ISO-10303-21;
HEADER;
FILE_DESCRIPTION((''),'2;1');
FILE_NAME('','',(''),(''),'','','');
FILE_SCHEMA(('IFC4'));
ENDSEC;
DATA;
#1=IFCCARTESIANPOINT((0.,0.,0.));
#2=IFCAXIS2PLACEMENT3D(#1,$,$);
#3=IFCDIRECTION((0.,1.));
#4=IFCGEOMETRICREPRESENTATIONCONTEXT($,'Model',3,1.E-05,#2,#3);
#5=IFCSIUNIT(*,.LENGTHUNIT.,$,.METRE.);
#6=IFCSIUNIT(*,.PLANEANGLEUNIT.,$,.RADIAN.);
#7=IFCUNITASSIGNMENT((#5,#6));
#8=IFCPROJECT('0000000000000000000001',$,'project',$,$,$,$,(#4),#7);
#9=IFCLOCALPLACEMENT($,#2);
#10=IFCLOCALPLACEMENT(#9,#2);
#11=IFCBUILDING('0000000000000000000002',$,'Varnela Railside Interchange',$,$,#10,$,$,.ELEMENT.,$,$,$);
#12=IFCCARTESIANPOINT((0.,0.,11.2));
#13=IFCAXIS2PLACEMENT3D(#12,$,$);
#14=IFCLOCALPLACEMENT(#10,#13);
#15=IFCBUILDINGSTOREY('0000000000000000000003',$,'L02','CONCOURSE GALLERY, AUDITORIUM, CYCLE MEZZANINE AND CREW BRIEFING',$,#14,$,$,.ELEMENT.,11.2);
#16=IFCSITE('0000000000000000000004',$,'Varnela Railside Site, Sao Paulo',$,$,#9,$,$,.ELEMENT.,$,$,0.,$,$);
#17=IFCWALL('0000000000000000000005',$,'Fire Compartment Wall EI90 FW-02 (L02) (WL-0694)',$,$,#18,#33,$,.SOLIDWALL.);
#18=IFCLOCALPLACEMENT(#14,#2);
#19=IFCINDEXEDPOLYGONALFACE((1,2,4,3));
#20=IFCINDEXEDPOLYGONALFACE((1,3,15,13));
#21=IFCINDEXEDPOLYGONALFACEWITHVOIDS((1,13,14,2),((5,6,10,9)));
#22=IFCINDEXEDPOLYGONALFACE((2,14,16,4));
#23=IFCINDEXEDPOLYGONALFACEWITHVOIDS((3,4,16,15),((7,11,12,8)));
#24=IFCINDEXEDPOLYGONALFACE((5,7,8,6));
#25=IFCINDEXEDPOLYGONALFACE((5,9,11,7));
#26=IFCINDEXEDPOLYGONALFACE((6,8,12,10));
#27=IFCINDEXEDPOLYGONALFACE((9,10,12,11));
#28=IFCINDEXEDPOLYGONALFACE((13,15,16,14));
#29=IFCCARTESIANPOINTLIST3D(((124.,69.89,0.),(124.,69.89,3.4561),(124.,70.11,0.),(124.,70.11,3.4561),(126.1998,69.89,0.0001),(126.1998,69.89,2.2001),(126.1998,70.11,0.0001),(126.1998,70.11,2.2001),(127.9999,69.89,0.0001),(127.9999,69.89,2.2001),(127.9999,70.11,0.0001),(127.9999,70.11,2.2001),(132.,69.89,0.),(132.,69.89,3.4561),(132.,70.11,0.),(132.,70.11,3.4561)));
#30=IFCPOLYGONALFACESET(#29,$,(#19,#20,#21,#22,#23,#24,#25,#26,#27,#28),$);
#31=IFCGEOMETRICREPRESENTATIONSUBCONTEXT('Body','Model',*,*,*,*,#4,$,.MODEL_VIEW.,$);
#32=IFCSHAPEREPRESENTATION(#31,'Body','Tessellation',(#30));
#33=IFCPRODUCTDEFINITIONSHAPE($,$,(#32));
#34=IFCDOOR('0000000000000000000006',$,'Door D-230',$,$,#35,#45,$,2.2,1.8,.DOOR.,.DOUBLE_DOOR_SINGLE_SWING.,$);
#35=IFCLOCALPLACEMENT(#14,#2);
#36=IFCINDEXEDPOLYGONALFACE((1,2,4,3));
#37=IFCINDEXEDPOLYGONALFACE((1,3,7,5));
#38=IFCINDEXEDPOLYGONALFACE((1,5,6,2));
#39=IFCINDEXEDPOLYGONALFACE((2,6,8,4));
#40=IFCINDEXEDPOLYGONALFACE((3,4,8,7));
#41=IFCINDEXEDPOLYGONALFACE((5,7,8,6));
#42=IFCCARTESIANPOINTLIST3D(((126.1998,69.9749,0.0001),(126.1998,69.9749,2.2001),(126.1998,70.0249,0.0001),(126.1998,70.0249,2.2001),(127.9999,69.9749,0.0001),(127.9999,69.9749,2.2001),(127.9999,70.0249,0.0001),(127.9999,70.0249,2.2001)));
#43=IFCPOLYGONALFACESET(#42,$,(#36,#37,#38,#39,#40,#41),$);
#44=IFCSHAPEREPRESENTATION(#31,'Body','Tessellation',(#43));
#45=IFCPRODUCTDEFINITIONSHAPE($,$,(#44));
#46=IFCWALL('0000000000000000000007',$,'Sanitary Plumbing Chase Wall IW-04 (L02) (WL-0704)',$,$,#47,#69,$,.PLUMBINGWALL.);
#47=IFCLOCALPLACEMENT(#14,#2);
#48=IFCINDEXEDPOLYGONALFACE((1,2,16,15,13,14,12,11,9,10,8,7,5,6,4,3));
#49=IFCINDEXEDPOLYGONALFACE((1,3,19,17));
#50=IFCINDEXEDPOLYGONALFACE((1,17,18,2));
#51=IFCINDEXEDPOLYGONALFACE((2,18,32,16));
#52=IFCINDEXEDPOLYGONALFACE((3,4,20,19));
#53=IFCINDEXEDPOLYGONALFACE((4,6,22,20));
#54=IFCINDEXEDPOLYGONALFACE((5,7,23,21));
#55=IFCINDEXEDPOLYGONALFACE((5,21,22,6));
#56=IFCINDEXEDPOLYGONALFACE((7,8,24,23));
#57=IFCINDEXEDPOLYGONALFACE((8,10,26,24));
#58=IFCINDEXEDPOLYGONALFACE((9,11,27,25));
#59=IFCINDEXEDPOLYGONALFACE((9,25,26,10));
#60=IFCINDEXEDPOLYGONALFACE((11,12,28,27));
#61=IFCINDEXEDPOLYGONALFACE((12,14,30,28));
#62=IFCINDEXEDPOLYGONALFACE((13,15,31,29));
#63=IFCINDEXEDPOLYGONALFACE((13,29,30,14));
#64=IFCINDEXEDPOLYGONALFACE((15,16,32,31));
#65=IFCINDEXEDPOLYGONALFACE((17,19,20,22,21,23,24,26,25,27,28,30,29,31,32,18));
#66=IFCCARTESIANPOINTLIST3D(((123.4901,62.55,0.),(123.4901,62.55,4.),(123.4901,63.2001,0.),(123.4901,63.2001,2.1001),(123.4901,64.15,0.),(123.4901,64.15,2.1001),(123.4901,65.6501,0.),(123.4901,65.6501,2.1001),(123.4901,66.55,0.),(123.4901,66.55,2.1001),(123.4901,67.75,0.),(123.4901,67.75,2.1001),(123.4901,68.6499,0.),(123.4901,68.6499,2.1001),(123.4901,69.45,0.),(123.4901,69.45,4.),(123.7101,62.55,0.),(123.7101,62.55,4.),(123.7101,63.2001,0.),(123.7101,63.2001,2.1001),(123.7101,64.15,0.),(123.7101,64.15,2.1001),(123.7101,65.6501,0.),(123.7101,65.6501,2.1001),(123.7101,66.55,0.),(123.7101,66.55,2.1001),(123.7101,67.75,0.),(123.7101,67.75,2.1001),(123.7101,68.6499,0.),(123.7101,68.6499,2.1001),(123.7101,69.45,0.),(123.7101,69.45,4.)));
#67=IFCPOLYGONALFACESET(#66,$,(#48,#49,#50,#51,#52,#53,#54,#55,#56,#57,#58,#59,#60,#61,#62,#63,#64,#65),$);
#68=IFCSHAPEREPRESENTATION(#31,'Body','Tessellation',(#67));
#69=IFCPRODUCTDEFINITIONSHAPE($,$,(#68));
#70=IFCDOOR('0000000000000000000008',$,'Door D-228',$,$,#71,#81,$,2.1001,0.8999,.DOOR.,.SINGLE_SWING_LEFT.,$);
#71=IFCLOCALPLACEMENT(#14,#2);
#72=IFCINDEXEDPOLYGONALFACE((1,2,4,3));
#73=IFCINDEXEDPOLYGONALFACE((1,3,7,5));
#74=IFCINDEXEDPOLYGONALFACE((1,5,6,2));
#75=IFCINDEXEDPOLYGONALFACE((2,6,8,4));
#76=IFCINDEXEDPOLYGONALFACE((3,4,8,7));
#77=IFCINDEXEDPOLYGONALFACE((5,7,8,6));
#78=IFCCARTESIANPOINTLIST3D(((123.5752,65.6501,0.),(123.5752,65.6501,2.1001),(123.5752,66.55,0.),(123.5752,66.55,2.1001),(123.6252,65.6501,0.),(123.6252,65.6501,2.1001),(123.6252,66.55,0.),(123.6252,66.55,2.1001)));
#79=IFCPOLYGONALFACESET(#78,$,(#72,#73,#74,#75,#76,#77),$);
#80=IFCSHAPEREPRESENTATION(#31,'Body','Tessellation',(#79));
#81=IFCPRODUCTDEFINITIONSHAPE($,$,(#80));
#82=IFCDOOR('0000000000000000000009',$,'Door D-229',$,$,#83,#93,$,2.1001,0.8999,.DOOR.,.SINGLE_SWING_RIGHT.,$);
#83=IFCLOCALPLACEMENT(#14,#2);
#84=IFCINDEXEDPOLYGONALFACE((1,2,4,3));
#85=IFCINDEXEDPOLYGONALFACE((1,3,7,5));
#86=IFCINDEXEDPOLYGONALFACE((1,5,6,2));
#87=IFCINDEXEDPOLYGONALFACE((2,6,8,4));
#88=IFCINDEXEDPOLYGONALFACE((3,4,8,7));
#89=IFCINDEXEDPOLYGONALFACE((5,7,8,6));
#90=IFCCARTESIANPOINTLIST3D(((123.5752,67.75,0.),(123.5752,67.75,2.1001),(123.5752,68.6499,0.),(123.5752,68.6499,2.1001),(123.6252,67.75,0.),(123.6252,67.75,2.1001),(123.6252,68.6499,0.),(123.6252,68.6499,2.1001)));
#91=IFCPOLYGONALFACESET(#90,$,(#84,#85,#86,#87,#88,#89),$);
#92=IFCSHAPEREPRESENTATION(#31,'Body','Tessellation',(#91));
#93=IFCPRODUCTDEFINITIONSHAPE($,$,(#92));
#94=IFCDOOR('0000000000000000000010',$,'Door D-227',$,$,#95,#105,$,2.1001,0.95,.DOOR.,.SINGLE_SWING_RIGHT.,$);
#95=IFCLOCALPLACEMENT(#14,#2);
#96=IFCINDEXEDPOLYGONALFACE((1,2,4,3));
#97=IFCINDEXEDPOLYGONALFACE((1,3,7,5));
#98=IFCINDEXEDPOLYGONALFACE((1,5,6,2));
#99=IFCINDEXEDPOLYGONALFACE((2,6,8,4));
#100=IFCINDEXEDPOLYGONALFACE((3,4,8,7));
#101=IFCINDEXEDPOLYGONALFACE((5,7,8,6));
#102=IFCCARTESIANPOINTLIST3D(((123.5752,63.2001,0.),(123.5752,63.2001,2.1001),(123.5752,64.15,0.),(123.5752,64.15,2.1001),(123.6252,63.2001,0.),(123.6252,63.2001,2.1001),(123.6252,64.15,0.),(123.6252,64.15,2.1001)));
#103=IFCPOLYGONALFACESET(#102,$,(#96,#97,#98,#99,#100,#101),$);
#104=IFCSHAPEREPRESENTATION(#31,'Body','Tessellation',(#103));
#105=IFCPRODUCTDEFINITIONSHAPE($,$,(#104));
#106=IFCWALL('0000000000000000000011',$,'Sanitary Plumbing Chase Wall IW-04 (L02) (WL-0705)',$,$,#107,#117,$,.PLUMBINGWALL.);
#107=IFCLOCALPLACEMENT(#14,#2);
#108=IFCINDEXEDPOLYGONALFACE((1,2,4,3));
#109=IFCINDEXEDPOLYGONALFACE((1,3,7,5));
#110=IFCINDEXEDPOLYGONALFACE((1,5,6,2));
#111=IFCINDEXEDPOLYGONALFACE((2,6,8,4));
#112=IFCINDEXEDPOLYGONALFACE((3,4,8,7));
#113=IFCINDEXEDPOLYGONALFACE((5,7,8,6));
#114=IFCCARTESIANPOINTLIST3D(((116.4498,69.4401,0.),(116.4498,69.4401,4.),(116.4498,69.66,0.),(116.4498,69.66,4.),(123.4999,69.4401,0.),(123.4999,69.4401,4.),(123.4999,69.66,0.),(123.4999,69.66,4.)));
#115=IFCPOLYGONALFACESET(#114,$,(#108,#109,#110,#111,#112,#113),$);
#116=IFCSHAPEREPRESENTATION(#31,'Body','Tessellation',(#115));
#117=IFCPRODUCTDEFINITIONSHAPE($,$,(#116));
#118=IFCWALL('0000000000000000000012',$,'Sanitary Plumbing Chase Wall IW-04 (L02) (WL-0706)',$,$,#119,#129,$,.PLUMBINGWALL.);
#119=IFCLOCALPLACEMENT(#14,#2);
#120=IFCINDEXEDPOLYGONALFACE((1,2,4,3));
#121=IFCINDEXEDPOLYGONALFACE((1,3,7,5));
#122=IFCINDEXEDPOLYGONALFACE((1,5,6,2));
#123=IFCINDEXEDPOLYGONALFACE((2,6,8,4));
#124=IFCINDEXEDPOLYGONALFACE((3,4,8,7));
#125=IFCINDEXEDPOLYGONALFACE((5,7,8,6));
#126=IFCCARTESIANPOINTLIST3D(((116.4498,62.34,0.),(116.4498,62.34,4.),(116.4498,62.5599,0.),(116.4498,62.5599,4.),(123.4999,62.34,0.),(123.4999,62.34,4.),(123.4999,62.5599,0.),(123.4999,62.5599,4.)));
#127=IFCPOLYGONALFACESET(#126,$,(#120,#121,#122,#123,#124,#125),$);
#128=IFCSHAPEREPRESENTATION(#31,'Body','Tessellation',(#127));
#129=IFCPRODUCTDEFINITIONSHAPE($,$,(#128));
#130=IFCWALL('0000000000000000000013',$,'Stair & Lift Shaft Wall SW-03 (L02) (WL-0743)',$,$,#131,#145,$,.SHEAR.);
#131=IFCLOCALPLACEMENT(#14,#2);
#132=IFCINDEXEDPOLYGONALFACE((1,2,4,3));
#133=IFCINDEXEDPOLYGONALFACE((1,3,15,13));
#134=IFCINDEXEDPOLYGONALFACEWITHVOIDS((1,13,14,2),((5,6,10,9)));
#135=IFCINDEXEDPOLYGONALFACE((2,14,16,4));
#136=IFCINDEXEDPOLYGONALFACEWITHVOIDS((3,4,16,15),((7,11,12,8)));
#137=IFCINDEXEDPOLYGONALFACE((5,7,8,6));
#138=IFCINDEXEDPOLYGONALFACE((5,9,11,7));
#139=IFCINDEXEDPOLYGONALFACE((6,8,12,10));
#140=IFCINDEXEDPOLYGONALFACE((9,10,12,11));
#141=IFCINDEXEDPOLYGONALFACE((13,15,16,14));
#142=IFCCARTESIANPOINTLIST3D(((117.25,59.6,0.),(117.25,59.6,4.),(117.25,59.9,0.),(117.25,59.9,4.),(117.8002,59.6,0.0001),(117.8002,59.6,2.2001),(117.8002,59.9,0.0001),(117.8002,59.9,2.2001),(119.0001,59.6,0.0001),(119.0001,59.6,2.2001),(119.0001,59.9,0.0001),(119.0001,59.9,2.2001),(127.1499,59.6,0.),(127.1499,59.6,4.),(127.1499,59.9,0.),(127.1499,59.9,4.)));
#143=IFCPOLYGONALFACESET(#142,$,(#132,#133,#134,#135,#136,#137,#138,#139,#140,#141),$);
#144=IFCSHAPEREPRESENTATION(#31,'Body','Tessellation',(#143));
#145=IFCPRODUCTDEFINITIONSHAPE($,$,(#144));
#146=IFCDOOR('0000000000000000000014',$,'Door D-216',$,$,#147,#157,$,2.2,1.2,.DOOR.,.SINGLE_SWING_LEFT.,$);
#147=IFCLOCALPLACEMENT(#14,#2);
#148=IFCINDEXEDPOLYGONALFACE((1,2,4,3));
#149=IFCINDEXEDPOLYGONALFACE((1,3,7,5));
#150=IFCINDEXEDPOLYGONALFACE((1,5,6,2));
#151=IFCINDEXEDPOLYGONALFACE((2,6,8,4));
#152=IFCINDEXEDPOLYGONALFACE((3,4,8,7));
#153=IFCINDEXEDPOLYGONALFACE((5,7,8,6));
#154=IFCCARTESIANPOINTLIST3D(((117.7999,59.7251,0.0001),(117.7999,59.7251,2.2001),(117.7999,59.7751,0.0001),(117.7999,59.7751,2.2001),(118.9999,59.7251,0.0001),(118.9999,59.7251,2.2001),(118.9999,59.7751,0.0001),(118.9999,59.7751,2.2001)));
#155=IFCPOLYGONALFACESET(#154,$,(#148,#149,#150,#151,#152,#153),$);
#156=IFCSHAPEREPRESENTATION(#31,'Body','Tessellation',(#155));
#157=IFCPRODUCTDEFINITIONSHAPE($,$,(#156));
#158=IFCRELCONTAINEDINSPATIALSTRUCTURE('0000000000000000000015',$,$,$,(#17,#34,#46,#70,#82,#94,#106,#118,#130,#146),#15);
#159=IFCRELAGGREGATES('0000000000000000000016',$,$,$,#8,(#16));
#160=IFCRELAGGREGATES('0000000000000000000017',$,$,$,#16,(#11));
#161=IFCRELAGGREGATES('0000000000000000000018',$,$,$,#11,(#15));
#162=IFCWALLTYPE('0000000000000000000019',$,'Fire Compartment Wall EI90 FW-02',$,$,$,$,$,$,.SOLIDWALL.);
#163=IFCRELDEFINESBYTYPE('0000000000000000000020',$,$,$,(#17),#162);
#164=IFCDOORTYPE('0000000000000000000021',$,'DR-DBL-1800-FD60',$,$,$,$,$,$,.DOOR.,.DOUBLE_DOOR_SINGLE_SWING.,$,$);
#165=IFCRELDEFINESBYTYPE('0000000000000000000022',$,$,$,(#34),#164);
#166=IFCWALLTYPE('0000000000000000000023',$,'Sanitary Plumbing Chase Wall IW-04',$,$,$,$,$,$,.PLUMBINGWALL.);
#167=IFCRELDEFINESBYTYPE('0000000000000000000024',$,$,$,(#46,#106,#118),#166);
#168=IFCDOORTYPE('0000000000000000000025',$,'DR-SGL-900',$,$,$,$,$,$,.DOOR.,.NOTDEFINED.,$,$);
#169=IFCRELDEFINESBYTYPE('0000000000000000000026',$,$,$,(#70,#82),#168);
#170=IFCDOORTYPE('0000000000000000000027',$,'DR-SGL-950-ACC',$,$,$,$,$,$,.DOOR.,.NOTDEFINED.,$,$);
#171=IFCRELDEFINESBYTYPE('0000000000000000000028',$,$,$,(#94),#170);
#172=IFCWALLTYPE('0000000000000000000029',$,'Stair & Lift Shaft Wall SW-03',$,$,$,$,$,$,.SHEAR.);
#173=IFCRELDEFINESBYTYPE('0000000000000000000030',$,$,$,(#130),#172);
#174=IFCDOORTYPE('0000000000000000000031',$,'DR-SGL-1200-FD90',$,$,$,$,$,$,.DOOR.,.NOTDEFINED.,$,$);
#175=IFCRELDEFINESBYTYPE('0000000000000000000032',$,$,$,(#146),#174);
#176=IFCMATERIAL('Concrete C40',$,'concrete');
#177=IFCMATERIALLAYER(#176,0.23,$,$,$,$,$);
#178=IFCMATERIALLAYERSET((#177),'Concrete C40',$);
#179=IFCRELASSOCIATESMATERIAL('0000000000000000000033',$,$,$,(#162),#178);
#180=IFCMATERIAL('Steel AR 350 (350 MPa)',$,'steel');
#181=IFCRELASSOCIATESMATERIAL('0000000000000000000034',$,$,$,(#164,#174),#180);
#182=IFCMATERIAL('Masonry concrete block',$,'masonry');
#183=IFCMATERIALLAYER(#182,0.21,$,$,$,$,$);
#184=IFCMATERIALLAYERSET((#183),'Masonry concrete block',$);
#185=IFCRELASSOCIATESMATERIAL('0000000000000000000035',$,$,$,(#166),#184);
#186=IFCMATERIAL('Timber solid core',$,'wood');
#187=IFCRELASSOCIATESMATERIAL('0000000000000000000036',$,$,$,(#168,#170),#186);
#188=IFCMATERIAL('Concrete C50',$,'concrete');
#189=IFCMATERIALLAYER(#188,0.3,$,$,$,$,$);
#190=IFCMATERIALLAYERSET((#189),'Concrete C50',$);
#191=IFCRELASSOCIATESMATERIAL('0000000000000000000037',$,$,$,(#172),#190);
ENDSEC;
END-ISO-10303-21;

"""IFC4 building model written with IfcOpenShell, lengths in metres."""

from ifc_helpers import new_model, si_unit, direction, frame, frame_2d, origin, place, context, subcontext, project, spatial, rectangle, extrude, material, layer, layer_set, type_object, element, fill, save


model = new_model("IFC4")

# Units and contexts
model_context = context("Model", 3, precision=1e-05, world=origin(), true_north=direction((0.0, 1.0)))
body_context = subcontext(model_context, "Body", "Model", "MODEL_VIEW")
ifc_project = project(units=[si_unit("LENGTHUNIT", "METRE"), si_unit("PLANEANGLEUNIT", "RADIAN")], contexts=[model_context])

# Site, building, storey
site_placement = place(None, origin())
site = spatial("IfcSite", under=ifc_project, at=site_placement, Name="Varnela Railside Site, Sao Paulo", CompositionType="ELEMENT", RefElevation=0.0)
building_placement = place(site_placement, origin())
building = spatial("IfcBuilding", under=site, at=building_placement, Name="Varnela Railside Interchange", CompositionType="ELEMENT")
storey_placement = place(building_placement, frame((0.0, 0.0, 11.2)))
storey = spatial("IfcBuildingStorey", under=building, at=storey_placement, Name="L02", Description="CONCOURSE GALLERY, AUDITORIUM, CYCLE MEZZANINE AND CREW BRIEFING", CompositionType="ELEMENT", Elevation=11.2)

# Shared definitions
ifc_material_1 = material(Name="Steel AR 350 (350 MPa)", Category="steel")

# Shared definitions
ifc_material_2 = material(Name="Concrete C40", Category="concrete")
ifc_layer_1 = layer(ifc_material_2, 0.23)
ifc_layer_set_1 = layer_set([ifc_layer_1], Name="Concrete C40")
wall_type_1 = type_object("IfcWallType", Name="Fire Compartment Wall EI90 FW-02", PredefinedType="SOLIDWALL", material=ifc_layer_set_1)

# Wall, opening, door
wall_1_placement = place(storey_placement, frame((124.0, 70.0, 0.0), z_axis=(0.0, 0.0, 1.0), x_axis=(1.0, 0.0, 0.0)))
wall_1 = element("IfcWall", 1, at=wall_1_placement, inside=storey, type_object=wall_type_1, Name="Fire Compartment Wall EI90 FW-02 (L02) (WL-0694)", PredefinedType="SOLIDWALL", context=body_context, shape_type="SweptSolid", body=[
    extrude(rectangle(XDim=8.0, YDim=0.22, at=frame_2d((4.0, 0.0))), origin(), (0.0, 0.0, 1.0), 3.4561),
])
opening_1_placement = place(wall_1_placement, frame((2.2, 0.0, 0.0)))
opening_1 = element("IfcOpeningElement", 2, at=opening_1_placement, cuts=wall_1, PredefinedType="OPENING", context=body_context, shape_type="SweptSolid", body=[
    extrude(rectangle(XDim=1.8, YDim=2.2, at=frame_2d((0.8999, 1.1001))), frame((0.0, 0.1199, 0.0), z_axis=(0.0, -1.0, 0.0), x_axis=(1.0, 0.0, 0.0)), (0.0, 0.0, 1.0), 0.24),
])
door_type_1 = type_object("IfcDoorType", Name="DR-DBL-1800-FD60", OperationType="DOUBLE_DOOR_SINGLE_SWING", PredefinedType="DOOR", material=ifc_material_1)
door_1_placement = place(opening_1_placement, origin())
door_1 = element("IfcDoor", 3, at=door_1_placement, inside=storey, type_object=door_type_1, Name="Door D-230", OperationType="DOUBLE_DOOR_SINGLE_SWING", OverallHeight=2.2, OverallWidth=1.8, PredefinedType="DOOR", context=body_context, shape_type="SweptSolid", body=[
    extrude(rectangle(XDim=1.8, YDim=2.2, at=frame_2d((0.8999, 1.1001))), frame((0.0, 0.0249, 0.0), z_axis=(0.0, -1.0, 0.0), x_axis=(1.0, 0.0, 0.0)), (0.0, 0.0, 1.0), 0.05),
])
fill(opening_1, door_1)

# Wall, openings, doors
ifc_material_3 = material(Name="Masonry concrete block", Category="masonry")
ifc_layer_2 = layer(ifc_material_3, 0.21)
ifc_layer_set_2 = layer_set([ifc_layer_2], Name="Masonry concrete block")
wall_type_2 = type_object("IfcWallType", Name="Sanitary Plumbing Chase Wall IW-04", PredefinedType="PLUMBINGWALL", material=ifc_layer_set_2)
wall_2_placement = place(storey_placement, frame((123.6001, 62.55, 0.0), z_axis=(0.0, 0.0, 1.0), x_axis=(0.0, 1.0, 0.0)))
wall_2 = element("IfcWall", 4, at=wall_2_placement, inside=storey, type_object=wall_type_2, Name="Sanitary Plumbing Chase Wall IW-04 (L02) (WL-0704)", PredefinedType="PLUMBINGWALL", context=body_context, shape_type="SweptSolid", body=[
    extrude(rectangle(XDim=6.8999, YDim=0.22, at=frame_2d((3.45, 0.0))), origin(), (0.0, 0.0, 1.0), 4.0),
])
opening_2_placement = place(wall_2_placement, frame((0.6499, 0.0, 0.0)))
opening_2 = element("IfcOpeningElement", 5, at=opening_2_placement, cuts=wall_2, PredefinedType="OPENING", context=body_context, shape_type="SweptSolid", body=[
    extrude(rectangle(XDim=0.95, YDim=2.1001, at=frame_2d((0.4751, 1.05))), frame((0.0, 0.1199, 0.0), z_axis=(0.0, -1.0, 0.0), x_axis=(1.0, 0.0, 0.0)), (0.0, 0.0, 1.0), 0.24),
])
opening_3_placement = place(wall_2_placement, frame((3.1001, 0.0, 0.0)))
opening_3 = element("IfcOpeningElement", 6, at=opening_3_placement, cuts=wall_2, PredefinedType="OPENING", context=body_context, shape_type="SweptSolid", body=[
    extrude(rectangle(XDim=0.8999, YDim=2.1001, at=frame_2d((0.45, 1.05))), frame((0.0, 0.1199, 0.0), z_axis=(0.0, -1.0, 0.0), x_axis=(1.0, 0.0, 0.0)), (0.0, 0.0, 1.0), 0.24),
])
opening_4_placement = place(wall_2_placement, frame((5.2, 0.0, 0.0)))
opening_4 = element("IfcOpeningElement", 7, at=opening_4_placement, cuts=wall_2, PredefinedType="OPENING", context=body_context, shape_type="SweptSolid", body=[
    extrude(rectangle(XDim=0.8999, YDim=2.1001, at=frame_2d((0.45, 1.05))), frame((0.0, 0.1199, 0.0), z_axis=(0.0, -1.0, 0.0), x_axis=(1.0, 0.0, 0.0)), (0.0, 0.0, 1.0), 0.24),
])
ifc_material_4 = material(Name="Timber solid core", Category="wood")
door_type_2 = type_object("IfcDoorType", Name="DR-SGL-900", OperationType="NOTDEFINED", PredefinedType="DOOR", material=ifc_material_4)
door_2_placement = place(opening_3_placement, origin())
door_2 = element("IfcDoor", 8, at=door_2_placement, inside=storey, type_object=door_type_2, Name="Door D-228", OperationType="SINGLE_SWING_LEFT", OverallHeight=2.1001, OverallWidth=0.8999, PredefinedType="DOOR", context=body_context, shape_type="SweptSolid", body=[
    extrude(rectangle(XDim=0.8999, YDim=2.1001, at=frame_2d((0.45, 1.05))), frame((0.0, 0.0249, 0.0), z_axis=(0.0, -1.0, 0.0), x_axis=(1.0, 0.0, 0.0)), (0.0, 0.0, 1.0), 0.05),
])
fill(opening_3, door_2)
door_3_placement = place(opening_4_placement, origin())
door_3 = element("IfcDoor", 9, at=door_3_placement, inside=storey, type_object=door_type_2, Name="Door D-229", OperationType="SINGLE_SWING_RIGHT", OverallHeight=2.1001, OverallWidth=0.8999, PredefinedType="DOOR", context=body_context, shape_type="SweptSolid", body=[
    extrude(rectangle(XDim=0.8999, YDim=2.1001, at=frame_2d((0.45, 1.05))), frame((0.0, 0.0249, 0.0), z_axis=(0.0, -1.0, 0.0), x_axis=(1.0, 0.0, 0.0)), (0.0, 0.0, 1.0), 0.05),
])
fill(opening_4, door_3)
door_type_3 = type_object("IfcDoorType", Name="DR-SGL-950-ACC", OperationType="NOTDEFINED", PredefinedType="DOOR", material=ifc_material_4)
door_4_placement = place(opening_2_placement, origin())
door_4 = element("IfcDoor", 10, at=door_4_placement, inside=storey, type_object=door_type_3, Name="Door D-227", OperationType="SINGLE_SWING_RIGHT", OverallHeight=2.1001, OverallWidth=0.95, PredefinedType="DOOR", context=body_context, shape_type="SweptSolid", body=[
    extrude(rectangle(XDim=0.95, YDim=2.1001, at=frame_2d((0.4751, 1.05))), frame((0.0, 0.0249, 0.0), z_axis=(0.0, -1.0, 0.0), x_axis=(1.0, 0.0, 0.0)), (0.0, 0.0, 1.0), 0.05),
])
fill(opening_2, door_4)

# Walls
for number, where, z_axis, x_axis, name in (
    (11, (116.45, 69.55, 0.0), (0.0, 0.0, 1.0), (1.0, 0.0, 0.0), "Sanitary Plumbing Chase Wall IW-04 (L02) (WL-0705)"),
    (12, (116.45, 62.45, 0.0), (0.0, 0.0, 1.0), (1.0, 0.0, 0.0), "Sanitary Plumbing Chase Wall IW-04 (L02) (WL-0706)"),
):
    element("IfcWall", number, at=place(storey_placement, frame(where, z_axis=z_axis, x_axis=x_axis)), inside=storey, type_object=wall_type_2, Name=name, PredefinedType="PLUMBINGWALL", context=body_context, shape_type="SweptSolid", body=[
        extrude(rectangle(XDim=7.05, YDim=0.22, at=frame_2d((3.5249, 0.0))), origin(), (0.0, 0.0, 1.0), 4.0),
    ])

# Wall, opening, door
ifc_material_5 = material(Name="Concrete C50", Category="concrete")
ifc_layer_3 = layer(ifc_material_5, 0.3)
ifc_layer_set_3 = layer_set([ifc_layer_3], Name="Concrete C50")
wall_type_3 = type_object("IfcWallType", Name="Stair & Lift Shaft Wall SW-03", PredefinedType="SHEAR", material=ifc_layer_set_3)
wall_3_placement = place(storey_placement, frame((117.25, 59.75, 0.0), z_axis=(0.0, 0.0, 1.0), x_axis=(1.0, 0.0, 0.0)))
wall_3 = element("IfcWall", 13, at=wall_3_placement, inside=storey, type_object=wall_type_3, Name="Stair & Lift Shaft Wall SW-03 (L02) (WL-0743)", PredefinedType="SHEAR", context=body_context, shape_type="SweptSolid", body=[
    extrude(rectangle(XDim=9.8999, YDim=0.3, at=frame_2d((4.95, 0.0))), origin(), (0.0, 0.0, 1.0), 4.0),
])
opening_5_placement = place(wall_3_placement, frame((0.55, 0.0, 0.0)))
opening_5 = element("IfcOpeningElement", 14, at=opening_5_placement, cuts=wall_3, PredefinedType="OPENING", context=body_context, shape_type="SweptSolid", body=[
    extrude(rectangle(XDim=1.2, YDim=2.2, at=frame_2d((0.6001, 1.1001))), frame((0.0, 0.1599, 0.0), z_axis=(0.0, -1.0, 0.0), x_axis=(1.0, 0.0, 0.0)), (0.0, 0.0, 1.0), 0.3201),
])
door_type_4 = type_object("IfcDoorType", Name="DR-SGL-1200-FD90", OperationType="NOTDEFINED", PredefinedType="DOOR", material=ifc_material_1)
door_5_placement = place(opening_5_placement, frame((1.2, 0.0, 0.0), z_axis=(0.0, 0.0, 1.0), x_axis=(-1.0, 0.0, 0.0)))
door_5 = element("IfcDoor", 15, at=door_5_placement, inside=storey, type_object=door_type_4, Name="Door D-216", OperationType="SINGLE_SWING_LEFT", OverallHeight=2.2, OverallWidth=1.2, PredefinedType="DOOR", context=body_context, shape_type="SweptSolid", body=[
    extrude(rectangle(XDim=1.2, YDim=2.2, at=frame_2d((0.6001, 1.1001))), frame((0.0, 0.0249, 0.0), z_axis=(0.0, -1.0, 0.0), x_axis=(1.0, 0.0, 0.0)), (0.0, 0.0, 1.0), 0.05),
])
fill(opening_5, door_5)

save(model, "model.ifc")
